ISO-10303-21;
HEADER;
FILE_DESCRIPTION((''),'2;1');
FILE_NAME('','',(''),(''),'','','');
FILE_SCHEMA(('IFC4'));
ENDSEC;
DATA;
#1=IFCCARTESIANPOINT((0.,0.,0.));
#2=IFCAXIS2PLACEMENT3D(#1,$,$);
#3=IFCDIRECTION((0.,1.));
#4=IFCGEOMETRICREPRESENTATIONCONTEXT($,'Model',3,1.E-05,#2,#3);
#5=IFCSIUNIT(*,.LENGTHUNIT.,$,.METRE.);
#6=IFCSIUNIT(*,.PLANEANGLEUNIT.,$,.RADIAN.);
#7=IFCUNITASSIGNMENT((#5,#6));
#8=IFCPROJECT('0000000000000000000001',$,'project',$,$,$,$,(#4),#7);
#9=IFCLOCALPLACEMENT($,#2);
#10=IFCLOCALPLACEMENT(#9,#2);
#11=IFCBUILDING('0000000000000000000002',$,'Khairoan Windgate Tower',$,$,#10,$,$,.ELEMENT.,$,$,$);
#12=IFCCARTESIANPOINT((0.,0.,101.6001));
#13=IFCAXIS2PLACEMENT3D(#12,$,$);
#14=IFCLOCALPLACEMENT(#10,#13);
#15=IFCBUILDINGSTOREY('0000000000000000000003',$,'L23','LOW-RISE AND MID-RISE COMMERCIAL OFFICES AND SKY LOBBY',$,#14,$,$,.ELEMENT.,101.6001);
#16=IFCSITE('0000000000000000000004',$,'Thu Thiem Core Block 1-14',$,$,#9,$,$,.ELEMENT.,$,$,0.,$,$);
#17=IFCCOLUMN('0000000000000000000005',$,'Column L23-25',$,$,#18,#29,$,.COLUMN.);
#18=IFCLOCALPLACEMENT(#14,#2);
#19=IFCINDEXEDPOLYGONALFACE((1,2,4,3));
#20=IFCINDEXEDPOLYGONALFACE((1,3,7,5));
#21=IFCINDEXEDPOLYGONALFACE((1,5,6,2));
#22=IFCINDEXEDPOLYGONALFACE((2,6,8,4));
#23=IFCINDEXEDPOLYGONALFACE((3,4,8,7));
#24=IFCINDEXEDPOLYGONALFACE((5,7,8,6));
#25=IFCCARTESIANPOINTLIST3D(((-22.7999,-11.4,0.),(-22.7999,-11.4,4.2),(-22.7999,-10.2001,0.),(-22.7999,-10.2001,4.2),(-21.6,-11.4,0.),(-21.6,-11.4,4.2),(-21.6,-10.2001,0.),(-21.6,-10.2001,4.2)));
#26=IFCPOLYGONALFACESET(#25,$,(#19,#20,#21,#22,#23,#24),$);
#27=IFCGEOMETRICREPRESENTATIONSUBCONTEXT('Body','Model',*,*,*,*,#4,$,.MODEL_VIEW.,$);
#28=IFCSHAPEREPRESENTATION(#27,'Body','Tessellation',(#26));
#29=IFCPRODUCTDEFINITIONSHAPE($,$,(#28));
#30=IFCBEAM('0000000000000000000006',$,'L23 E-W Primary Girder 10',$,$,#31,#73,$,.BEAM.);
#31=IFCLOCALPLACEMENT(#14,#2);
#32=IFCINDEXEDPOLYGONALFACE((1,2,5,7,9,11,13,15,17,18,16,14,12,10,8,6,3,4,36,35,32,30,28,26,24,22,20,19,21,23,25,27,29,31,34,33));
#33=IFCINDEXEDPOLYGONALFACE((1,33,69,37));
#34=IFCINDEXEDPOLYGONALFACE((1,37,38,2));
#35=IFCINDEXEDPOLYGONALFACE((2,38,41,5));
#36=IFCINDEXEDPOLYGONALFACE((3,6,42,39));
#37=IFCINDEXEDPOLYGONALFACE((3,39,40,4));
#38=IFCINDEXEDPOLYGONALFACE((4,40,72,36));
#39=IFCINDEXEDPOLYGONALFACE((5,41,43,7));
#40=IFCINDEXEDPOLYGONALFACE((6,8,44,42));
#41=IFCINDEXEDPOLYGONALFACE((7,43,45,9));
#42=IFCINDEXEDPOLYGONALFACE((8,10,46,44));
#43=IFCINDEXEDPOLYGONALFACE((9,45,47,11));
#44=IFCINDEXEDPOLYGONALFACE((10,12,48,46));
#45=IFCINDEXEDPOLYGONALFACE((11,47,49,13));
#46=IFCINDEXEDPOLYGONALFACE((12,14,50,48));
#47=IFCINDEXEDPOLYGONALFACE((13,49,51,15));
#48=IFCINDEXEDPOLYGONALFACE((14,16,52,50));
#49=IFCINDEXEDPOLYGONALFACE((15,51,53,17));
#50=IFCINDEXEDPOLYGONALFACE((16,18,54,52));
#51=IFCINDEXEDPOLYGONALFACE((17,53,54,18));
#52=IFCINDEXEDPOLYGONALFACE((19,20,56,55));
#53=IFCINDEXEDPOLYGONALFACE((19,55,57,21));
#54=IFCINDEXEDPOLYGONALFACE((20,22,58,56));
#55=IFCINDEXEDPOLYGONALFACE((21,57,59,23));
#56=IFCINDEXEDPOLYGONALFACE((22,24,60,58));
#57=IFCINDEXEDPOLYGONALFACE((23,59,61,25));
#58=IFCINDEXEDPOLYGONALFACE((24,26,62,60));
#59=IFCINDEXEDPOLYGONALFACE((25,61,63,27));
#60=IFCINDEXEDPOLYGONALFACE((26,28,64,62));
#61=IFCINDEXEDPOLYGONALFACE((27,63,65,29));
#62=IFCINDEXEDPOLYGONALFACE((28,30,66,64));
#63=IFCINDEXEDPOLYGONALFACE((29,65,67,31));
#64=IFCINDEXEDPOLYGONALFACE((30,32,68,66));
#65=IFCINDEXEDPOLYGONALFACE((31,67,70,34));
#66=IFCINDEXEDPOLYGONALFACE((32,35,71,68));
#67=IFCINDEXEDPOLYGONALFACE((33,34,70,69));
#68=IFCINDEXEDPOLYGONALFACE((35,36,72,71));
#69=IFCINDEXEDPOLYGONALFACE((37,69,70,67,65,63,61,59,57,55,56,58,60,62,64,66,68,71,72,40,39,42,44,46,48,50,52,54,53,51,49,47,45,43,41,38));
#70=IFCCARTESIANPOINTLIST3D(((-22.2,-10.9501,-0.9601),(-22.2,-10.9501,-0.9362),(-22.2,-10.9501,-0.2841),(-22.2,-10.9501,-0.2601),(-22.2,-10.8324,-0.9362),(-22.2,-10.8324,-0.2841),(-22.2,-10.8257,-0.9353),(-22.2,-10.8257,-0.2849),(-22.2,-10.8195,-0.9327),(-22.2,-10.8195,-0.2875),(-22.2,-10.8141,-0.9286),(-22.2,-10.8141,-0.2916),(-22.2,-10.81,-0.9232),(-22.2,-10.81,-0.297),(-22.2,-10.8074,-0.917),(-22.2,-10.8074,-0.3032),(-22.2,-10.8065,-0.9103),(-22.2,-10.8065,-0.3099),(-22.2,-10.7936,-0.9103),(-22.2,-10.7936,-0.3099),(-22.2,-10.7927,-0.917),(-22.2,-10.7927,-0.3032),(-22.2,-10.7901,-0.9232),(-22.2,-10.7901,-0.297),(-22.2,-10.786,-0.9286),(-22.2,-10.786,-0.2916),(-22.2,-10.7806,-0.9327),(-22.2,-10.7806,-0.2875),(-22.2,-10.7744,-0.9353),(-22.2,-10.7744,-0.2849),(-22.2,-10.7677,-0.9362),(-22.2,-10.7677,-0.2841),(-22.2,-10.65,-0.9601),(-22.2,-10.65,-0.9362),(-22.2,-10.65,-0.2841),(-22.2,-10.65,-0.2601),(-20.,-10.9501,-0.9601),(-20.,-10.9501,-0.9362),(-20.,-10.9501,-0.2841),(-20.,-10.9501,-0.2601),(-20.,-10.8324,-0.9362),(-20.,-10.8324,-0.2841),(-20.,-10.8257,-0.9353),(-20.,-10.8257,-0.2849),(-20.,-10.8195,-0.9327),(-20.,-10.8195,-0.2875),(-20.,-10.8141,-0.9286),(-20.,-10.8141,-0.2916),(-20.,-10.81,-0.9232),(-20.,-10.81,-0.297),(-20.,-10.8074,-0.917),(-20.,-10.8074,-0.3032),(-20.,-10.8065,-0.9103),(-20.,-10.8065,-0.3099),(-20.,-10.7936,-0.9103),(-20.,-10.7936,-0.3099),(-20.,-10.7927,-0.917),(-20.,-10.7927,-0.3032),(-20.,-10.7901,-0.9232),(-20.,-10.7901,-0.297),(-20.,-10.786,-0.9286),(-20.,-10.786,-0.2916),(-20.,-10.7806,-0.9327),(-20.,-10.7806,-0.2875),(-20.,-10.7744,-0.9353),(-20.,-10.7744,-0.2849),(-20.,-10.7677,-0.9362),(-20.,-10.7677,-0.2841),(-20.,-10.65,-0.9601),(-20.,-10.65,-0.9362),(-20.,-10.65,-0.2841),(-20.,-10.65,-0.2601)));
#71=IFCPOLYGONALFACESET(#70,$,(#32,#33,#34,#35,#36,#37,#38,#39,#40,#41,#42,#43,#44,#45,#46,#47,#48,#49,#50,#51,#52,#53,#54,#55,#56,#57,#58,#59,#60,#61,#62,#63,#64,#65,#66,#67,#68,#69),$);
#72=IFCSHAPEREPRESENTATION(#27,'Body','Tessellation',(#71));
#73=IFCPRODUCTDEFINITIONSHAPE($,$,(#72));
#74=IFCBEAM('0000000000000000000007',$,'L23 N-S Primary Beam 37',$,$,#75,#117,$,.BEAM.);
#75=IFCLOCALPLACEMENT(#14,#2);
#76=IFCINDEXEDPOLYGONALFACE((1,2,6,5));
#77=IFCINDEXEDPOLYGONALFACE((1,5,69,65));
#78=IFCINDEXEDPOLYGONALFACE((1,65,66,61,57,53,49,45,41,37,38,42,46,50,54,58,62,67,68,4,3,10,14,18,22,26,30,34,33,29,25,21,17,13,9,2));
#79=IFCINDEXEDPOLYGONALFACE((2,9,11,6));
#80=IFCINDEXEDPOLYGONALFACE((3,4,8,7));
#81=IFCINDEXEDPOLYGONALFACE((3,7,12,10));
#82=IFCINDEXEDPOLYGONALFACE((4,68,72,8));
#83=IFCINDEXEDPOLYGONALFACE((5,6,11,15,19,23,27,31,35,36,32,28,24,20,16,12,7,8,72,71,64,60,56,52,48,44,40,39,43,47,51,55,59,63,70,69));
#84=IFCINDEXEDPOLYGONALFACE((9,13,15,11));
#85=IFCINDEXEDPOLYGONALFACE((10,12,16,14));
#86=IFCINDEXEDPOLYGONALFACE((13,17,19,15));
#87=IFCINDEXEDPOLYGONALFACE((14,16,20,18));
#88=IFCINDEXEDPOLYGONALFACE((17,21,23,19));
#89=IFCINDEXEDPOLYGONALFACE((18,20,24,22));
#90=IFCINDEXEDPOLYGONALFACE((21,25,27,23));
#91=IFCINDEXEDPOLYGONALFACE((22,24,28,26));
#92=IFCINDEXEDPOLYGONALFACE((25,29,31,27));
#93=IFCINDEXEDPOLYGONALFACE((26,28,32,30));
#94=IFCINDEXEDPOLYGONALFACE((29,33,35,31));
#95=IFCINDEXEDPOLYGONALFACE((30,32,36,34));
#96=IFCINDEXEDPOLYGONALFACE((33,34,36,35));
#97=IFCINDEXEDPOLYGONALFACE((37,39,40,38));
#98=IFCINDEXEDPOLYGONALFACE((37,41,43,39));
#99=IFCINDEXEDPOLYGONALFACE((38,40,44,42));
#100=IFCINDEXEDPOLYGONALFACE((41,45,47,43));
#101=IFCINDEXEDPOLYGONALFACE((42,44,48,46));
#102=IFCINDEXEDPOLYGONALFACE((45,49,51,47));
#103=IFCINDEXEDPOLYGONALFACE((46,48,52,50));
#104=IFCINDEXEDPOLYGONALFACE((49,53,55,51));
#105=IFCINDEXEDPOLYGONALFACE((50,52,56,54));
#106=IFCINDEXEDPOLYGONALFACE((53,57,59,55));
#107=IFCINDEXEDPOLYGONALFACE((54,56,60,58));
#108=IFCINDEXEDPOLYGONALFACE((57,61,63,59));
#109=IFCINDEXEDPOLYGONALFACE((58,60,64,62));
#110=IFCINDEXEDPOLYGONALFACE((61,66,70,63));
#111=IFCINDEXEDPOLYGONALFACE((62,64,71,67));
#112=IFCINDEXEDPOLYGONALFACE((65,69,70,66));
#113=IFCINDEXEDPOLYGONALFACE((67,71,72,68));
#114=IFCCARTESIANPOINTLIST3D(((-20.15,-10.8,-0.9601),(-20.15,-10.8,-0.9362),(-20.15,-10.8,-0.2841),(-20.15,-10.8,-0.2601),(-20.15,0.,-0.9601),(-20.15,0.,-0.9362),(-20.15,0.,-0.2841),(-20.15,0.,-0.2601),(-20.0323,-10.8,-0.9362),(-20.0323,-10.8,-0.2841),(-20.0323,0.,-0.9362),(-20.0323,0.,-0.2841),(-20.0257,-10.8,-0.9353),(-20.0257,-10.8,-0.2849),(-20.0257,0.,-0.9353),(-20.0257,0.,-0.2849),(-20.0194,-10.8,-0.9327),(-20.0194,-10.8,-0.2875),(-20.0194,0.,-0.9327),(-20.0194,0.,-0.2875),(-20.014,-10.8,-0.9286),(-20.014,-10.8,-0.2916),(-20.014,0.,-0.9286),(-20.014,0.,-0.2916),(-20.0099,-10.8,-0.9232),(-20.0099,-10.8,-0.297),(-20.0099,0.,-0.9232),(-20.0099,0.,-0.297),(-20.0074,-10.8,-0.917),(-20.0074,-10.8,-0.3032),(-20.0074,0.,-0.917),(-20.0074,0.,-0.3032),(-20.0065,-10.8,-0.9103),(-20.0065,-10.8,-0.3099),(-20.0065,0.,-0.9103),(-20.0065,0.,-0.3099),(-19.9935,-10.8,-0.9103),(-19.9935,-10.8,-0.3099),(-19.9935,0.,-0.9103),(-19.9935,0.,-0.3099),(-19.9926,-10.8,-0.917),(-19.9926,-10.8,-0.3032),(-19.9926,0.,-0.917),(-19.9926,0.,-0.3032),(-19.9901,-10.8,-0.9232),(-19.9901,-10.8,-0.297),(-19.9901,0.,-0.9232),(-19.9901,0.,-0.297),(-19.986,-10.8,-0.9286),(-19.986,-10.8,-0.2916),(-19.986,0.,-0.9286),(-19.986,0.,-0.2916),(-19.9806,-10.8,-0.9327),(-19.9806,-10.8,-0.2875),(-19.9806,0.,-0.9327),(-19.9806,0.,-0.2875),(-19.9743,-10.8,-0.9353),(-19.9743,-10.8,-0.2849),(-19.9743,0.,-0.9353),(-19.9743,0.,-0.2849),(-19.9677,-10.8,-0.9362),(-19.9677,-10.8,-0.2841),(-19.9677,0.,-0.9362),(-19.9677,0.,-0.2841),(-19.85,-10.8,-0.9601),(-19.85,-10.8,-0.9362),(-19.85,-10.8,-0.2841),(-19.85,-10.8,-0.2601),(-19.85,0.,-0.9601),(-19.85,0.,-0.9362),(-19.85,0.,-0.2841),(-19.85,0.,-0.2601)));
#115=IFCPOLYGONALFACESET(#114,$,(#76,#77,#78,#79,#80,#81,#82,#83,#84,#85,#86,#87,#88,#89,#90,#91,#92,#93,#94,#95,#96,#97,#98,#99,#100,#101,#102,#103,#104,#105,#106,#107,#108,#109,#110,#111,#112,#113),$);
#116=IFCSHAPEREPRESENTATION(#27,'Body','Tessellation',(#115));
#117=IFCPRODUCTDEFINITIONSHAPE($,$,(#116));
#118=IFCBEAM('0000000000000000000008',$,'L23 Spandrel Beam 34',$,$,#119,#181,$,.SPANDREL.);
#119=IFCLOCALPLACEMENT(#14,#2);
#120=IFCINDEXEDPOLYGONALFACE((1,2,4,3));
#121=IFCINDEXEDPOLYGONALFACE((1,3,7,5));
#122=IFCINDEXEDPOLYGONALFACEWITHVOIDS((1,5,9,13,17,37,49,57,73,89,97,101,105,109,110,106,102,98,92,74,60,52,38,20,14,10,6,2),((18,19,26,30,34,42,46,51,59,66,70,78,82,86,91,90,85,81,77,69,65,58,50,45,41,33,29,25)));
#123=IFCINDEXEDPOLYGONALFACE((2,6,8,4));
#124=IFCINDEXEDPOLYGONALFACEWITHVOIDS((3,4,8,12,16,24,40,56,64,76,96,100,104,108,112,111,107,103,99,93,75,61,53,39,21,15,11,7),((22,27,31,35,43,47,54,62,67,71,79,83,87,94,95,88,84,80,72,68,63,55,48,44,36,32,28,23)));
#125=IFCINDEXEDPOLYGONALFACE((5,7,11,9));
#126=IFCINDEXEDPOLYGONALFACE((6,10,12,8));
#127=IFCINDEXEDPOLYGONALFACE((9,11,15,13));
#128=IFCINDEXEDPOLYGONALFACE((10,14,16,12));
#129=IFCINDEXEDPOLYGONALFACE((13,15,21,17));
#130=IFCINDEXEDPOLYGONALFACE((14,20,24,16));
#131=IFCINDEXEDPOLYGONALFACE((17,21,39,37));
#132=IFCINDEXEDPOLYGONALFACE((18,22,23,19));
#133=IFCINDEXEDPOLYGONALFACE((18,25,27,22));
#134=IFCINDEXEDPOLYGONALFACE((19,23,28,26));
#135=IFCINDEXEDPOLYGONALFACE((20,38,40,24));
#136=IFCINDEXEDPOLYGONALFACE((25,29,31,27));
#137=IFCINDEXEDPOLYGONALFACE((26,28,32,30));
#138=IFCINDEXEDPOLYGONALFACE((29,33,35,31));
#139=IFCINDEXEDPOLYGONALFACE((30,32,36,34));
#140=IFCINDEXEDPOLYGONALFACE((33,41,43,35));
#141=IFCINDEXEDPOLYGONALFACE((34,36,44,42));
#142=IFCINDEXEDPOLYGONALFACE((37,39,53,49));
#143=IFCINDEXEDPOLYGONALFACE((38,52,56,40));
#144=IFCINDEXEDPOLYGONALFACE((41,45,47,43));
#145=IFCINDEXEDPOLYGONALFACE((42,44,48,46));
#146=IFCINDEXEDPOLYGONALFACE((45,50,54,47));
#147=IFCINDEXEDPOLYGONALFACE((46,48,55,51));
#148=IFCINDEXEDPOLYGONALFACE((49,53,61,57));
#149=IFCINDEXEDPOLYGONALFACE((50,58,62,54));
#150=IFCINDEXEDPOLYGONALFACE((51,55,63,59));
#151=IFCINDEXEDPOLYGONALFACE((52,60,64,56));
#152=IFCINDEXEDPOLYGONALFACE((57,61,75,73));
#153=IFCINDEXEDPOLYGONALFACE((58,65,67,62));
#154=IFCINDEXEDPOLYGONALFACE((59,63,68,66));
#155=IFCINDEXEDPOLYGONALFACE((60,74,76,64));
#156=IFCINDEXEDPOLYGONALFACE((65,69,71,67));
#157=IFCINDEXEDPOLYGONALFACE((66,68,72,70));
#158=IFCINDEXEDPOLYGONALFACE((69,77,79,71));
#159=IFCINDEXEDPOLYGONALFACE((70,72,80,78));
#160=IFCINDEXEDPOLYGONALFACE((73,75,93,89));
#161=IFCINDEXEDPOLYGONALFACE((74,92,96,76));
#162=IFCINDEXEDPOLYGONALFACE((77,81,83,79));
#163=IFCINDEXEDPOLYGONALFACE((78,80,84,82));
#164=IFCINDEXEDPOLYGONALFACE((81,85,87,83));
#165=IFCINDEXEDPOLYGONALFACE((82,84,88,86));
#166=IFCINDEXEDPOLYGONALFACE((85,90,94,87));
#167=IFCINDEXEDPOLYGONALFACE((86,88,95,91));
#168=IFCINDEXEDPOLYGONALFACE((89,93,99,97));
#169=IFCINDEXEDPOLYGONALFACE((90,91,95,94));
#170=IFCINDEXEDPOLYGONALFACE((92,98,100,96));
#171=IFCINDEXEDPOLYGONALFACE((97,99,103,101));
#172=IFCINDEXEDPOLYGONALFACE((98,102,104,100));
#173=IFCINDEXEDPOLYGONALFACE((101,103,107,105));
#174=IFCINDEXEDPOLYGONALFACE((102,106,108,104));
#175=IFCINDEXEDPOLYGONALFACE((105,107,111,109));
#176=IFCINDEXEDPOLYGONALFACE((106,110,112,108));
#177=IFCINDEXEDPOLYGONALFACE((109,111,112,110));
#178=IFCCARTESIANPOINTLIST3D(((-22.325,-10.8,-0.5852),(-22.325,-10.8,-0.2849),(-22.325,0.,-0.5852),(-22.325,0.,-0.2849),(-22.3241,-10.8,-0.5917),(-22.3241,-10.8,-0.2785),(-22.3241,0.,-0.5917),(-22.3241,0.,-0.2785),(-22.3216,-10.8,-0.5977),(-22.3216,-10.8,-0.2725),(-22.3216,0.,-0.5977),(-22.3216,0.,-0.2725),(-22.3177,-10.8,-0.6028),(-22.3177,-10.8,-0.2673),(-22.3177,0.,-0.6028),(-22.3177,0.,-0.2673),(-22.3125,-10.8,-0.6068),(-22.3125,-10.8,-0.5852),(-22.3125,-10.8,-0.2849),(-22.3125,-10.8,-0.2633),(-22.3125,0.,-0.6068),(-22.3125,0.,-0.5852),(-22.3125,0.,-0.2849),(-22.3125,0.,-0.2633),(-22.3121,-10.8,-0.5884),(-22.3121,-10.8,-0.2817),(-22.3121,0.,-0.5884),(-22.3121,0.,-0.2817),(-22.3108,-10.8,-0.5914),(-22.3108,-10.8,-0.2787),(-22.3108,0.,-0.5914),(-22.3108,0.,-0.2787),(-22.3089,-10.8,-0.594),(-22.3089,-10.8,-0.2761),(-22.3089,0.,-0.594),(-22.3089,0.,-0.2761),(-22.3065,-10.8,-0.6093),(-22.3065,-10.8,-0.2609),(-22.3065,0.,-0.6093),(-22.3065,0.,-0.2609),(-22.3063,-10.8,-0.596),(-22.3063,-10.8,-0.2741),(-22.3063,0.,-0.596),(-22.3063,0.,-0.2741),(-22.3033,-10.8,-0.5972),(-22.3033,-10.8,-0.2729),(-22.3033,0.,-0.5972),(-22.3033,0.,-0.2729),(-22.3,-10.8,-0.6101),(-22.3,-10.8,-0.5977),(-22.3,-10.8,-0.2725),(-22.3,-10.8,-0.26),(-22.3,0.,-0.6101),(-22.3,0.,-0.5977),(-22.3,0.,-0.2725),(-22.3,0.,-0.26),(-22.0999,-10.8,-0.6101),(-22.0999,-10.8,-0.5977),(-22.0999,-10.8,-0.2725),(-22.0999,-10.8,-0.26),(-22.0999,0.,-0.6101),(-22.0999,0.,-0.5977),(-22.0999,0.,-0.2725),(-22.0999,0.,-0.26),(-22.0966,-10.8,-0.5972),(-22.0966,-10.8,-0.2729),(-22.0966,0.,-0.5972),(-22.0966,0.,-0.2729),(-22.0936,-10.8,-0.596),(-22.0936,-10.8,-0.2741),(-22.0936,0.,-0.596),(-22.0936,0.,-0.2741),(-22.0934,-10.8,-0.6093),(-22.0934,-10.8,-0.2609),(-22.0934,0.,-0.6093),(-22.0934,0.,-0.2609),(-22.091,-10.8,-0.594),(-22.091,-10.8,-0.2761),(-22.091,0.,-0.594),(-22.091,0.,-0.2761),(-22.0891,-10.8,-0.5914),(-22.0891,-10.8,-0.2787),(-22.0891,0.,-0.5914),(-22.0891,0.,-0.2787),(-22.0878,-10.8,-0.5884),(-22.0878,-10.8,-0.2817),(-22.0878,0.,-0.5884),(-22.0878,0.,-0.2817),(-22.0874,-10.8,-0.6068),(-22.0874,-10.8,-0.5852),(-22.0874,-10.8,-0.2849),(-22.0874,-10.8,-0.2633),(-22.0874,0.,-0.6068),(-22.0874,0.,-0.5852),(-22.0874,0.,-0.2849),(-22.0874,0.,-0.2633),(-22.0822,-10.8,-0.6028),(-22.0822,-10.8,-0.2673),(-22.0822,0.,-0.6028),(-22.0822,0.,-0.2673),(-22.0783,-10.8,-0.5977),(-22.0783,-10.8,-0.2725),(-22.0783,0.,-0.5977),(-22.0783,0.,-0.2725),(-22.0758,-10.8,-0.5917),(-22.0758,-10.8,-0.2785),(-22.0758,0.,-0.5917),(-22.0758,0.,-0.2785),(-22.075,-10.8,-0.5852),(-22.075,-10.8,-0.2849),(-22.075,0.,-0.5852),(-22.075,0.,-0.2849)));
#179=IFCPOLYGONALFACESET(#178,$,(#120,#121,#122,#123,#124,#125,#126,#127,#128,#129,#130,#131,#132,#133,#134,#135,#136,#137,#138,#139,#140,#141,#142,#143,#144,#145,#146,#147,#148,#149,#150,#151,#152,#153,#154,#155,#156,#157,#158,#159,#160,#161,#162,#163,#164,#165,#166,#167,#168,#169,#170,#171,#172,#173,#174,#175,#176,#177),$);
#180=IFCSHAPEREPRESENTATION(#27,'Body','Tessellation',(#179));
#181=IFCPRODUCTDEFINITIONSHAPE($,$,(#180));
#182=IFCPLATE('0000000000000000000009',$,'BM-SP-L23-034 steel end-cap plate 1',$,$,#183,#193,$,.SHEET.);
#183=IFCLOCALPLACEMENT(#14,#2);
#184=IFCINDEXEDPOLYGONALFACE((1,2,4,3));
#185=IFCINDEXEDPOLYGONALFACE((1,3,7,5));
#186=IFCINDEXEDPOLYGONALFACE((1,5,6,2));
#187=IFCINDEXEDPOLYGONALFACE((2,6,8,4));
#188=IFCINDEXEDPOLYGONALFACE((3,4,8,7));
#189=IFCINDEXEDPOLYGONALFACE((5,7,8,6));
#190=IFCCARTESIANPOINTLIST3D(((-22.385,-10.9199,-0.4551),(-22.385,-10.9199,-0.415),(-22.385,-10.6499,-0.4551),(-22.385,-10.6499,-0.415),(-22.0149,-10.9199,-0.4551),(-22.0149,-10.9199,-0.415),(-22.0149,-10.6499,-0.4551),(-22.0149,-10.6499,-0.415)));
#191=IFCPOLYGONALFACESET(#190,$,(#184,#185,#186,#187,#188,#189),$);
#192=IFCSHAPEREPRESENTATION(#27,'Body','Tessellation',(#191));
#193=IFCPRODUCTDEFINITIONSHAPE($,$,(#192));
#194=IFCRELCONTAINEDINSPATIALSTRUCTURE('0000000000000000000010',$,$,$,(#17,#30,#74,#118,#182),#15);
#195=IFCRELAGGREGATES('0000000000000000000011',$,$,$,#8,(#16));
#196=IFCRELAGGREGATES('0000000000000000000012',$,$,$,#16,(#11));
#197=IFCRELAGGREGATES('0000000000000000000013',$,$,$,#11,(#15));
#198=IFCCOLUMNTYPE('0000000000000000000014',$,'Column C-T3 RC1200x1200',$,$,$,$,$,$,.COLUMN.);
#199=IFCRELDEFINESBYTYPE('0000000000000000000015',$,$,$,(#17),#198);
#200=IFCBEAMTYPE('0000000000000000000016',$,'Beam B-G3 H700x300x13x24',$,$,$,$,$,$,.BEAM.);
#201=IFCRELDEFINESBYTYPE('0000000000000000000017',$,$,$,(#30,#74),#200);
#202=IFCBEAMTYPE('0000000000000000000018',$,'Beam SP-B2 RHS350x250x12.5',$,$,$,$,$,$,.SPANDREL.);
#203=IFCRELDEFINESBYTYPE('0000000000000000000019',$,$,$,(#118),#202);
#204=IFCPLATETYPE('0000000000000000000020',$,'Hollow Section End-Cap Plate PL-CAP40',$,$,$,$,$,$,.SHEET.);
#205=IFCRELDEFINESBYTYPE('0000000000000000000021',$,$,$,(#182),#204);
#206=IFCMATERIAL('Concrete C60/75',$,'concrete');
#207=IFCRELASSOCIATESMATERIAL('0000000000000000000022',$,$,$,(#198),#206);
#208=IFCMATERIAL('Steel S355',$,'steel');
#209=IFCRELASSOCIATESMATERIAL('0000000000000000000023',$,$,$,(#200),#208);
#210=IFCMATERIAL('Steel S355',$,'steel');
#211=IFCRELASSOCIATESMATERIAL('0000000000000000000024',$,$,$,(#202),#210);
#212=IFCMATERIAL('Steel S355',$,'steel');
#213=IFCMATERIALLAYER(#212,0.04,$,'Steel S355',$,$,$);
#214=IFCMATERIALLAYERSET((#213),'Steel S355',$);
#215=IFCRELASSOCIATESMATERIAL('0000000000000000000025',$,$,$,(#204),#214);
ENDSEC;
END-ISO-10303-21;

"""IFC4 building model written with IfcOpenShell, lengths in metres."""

from ifc_helpers import new_model, si_unit, direction, frame, origin, origin_2d, place, context, subcontext, project, spatial, rectangle, hollow_rectangle, i_section, extrude, material, layer, layer_set, material_profile, profile_set, type_object, element, save


model = new_model("IFC4")

# Units and contexts
model_context = context("Model", 3, precision=1e-05, world=origin(), true_north=direction((0.0, 1.0)))
body_context = subcontext(model_context, "Body", "Model", "MODEL_VIEW")
ifc_project = project(units=[si_unit("LENGTHUNIT", "METRE"), si_unit("PLANEANGLEUNIT", "RADIAN")], contexts=[model_context])

# Site, building, storey
site_placement = place(None, origin())
site = spatial("IfcSite", under=ifc_project, at=site_placement, Name="Thu Thiem Core Block 1-14", CompositionType="ELEMENT", RefElevation=0.0)
building_placement = place(site_placement, origin())
building = spatial("IfcBuilding", under=site, at=building_placement, Name="Khairoan Windgate Tower", CompositionType="ELEMENT")
storey_placement = place(building_placement, frame((0.0, 0.0, 101.6001)))
storey = spatial("IfcBuildingStorey", under=building, at=storey_placement, Name="L23", Description="LOW-RISE AND MID-RISE COMMERCIAL OFFICES AND SKY LOBBY", CompositionType="ELEMENT", Elevation=101.6001)

# Column
ifc_material_1 = material(Name="Concrete C60/75", Category="concrete")
ifc_material_profile_1 = material_profile(ifc_material_1, rectangle(XDim=1.2, YDim=1.2, at=origin_2d()))
ifc_profile_set_1 = profile_set([ifc_material_profile_1], Name="Concrete C60/75")
column_type = type_object("IfcColumnType", Name="Column C-T3 RC1200x1200", PredefinedType="COLUMN", material=ifc_profile_set_1)
column_placement = place(storey_placement, frame((-22.2, -10.8, 0.0), z_axis=(0.0, 0.0, 1.0), x_axis=(1.0, 0.0, 0.0)))
element("IfcColumn", 1, at=column_placement, inside=storey, type_object=column_type, Name="Column L23-25", PredefinedType="COLUMN", context=body_context, shape_type="SweptSolid", body=[
    extrude(rectangle(XDim=1.2, YDim=1.2, at=origin_2d()), origin(), (0.0, 0.0, 1.0), 4.2),
])

# Beams
ifc_material_2 = material(Name="Steel S355", Category="steel")
ifc_material_profile_2 = material_profile(ifc_material_2, i_section(OverallWidth=0.3, OverallDepth=0.7, WebThickness=0.0129, FlangeThickness=0.0239, FilletRadius=0.0259, at=origin_2d()))
ifc_profile_set_2 = profile_set([ifc_material_profile_2], Name="Steel S355")
beam_type_1 = type_object("IfcBeamType", Name="Beam B-G3 H700x300x13x24", PredefinedType="BEAM", material=ifc_profile_set_2)
beam_1_placement = place(storey_placement, frame((-22.2, -10.8, -0.6101), z_axis=(1.0, 0.0, 0.0), x_axis=(0.0, 1.0, 0.0)))
element("IfcBeam", 2, at=beam_1_placement, inside=storey, type_object=beam_type_1, Name="L23 E-W Primary Girder 10", PredefinedType="BEAM", context=body_context, shape_type="SweptSolid", body=[
    extrude(i_section(OverallWidth=0.3, OverallDepth=0.7, WebThickness=0.0129, FlangeThickness=0.0239, FilletRadius=0.0259, at=origin_2d()), origin(), (0.0, 0.0, 1.0), 2.2),
])
beam_2_placement = place(storey_placement, frame((-20.0, -10.8, -0.6101), z_axis=(0.0, 1.0, 0.0), x_axis=(-1.0, 0.0, 0.0)))
element("IfcBeam", 3, at=beam_2_placement, inside=storey, type_object=beam_type_1, Name="L23 N-S Primary Beam 37", PredefinedType="BEAM", context=body_context, shape_type="SweptSolid", body=[
    extrude(i_section(OverallWidth=0.3, OverallDepth=0.7, WebThickness=0.0129, FlangeThickness=0.0239, FilletRadius=0.0259, at=origin_2d()), origin(), (0.0, 0.0, 1.0), 10.8),
])
ifc_material_3 = material(Name="Steel S355", Category="steel")
ifc_material_profile_3 = material_profile(ifc_material_3, hollow_rectangle(XDim=0.25, YDim=0.3501, WallThickness=0.0125, InnerFilletRadius=0.0125, OuterFilletRadius=0.0249, at=origin_2d()))
ifc_profile_set_3 = profile_set([ifc_material_profile_3], Name="Steel S355")
beam_type_2 = type_object("IfcBeamType", Name="Beam SP-B2 RHS350x250x12.5", PredefinedType="SPANDREL", material=ifc_profile_set_3)
beam_3_placement = place(storey_placement, frame((-22.2, -10.8, -0.4351), z_axis=(0.0, 1.0, 0.0), x_axis=(-1.0, 0.0, 0.0)))
element("IfcBeam", 4, at=beam_3_placement, inside=storey, type_object=beam_type_2, Name="L23 Spandrel Beam 34", PredefinedType="SPANDREL", context=body_context, shape_type="SweptSolid", body=[
    extrude(hollow_rectangle(XDim=0.25, YDim=0.3501, WallThickness=0.0125, InnerFilletRadius=0.0125, OuterFilletRadius=0.0249, at=origin_2d()), origin(), (0.0, 0.0, 1.0), 10.8),
])

# Plate
ifc_material_4 = material(Name="Steel S355", Category="steel")
ifc_layer_1 = layer(ifc_material_4, 0.04, Name="Steel S355")
ifc_layer_set_1 = layer_set([ifc_layer_1], Name="Steel S355")
plate_type_1 = type_object("IfcPlateType", Name="Hollow Section End-Cap Plate PL-CAP40", PredefinedType="SHEET", material=ifc_layer_set_1)
plate_1_placement = place(storey_placement, frame((-22.2, -10.7849, -0.4551), z_axis=(0.0, 0.0, 1.0), x_axis=(0.0, 1.0, 0.0)))
element("IfcPlate", 5, at=plate_1_placement, inside=storey, type_object=plate_type_1, Name="BM-SP-L23-034 steel end-cap plate 1", PredefinedType="SHEET", context=body_context, shape_type="SweptSolid", body=[
    extrude(rectangle(XDim=0.27, YDim=0.3701, at=origin_2d()), origin(), (0.0, 0.0, 1.0), 0.04),
])

save(model, "model.ifc")
